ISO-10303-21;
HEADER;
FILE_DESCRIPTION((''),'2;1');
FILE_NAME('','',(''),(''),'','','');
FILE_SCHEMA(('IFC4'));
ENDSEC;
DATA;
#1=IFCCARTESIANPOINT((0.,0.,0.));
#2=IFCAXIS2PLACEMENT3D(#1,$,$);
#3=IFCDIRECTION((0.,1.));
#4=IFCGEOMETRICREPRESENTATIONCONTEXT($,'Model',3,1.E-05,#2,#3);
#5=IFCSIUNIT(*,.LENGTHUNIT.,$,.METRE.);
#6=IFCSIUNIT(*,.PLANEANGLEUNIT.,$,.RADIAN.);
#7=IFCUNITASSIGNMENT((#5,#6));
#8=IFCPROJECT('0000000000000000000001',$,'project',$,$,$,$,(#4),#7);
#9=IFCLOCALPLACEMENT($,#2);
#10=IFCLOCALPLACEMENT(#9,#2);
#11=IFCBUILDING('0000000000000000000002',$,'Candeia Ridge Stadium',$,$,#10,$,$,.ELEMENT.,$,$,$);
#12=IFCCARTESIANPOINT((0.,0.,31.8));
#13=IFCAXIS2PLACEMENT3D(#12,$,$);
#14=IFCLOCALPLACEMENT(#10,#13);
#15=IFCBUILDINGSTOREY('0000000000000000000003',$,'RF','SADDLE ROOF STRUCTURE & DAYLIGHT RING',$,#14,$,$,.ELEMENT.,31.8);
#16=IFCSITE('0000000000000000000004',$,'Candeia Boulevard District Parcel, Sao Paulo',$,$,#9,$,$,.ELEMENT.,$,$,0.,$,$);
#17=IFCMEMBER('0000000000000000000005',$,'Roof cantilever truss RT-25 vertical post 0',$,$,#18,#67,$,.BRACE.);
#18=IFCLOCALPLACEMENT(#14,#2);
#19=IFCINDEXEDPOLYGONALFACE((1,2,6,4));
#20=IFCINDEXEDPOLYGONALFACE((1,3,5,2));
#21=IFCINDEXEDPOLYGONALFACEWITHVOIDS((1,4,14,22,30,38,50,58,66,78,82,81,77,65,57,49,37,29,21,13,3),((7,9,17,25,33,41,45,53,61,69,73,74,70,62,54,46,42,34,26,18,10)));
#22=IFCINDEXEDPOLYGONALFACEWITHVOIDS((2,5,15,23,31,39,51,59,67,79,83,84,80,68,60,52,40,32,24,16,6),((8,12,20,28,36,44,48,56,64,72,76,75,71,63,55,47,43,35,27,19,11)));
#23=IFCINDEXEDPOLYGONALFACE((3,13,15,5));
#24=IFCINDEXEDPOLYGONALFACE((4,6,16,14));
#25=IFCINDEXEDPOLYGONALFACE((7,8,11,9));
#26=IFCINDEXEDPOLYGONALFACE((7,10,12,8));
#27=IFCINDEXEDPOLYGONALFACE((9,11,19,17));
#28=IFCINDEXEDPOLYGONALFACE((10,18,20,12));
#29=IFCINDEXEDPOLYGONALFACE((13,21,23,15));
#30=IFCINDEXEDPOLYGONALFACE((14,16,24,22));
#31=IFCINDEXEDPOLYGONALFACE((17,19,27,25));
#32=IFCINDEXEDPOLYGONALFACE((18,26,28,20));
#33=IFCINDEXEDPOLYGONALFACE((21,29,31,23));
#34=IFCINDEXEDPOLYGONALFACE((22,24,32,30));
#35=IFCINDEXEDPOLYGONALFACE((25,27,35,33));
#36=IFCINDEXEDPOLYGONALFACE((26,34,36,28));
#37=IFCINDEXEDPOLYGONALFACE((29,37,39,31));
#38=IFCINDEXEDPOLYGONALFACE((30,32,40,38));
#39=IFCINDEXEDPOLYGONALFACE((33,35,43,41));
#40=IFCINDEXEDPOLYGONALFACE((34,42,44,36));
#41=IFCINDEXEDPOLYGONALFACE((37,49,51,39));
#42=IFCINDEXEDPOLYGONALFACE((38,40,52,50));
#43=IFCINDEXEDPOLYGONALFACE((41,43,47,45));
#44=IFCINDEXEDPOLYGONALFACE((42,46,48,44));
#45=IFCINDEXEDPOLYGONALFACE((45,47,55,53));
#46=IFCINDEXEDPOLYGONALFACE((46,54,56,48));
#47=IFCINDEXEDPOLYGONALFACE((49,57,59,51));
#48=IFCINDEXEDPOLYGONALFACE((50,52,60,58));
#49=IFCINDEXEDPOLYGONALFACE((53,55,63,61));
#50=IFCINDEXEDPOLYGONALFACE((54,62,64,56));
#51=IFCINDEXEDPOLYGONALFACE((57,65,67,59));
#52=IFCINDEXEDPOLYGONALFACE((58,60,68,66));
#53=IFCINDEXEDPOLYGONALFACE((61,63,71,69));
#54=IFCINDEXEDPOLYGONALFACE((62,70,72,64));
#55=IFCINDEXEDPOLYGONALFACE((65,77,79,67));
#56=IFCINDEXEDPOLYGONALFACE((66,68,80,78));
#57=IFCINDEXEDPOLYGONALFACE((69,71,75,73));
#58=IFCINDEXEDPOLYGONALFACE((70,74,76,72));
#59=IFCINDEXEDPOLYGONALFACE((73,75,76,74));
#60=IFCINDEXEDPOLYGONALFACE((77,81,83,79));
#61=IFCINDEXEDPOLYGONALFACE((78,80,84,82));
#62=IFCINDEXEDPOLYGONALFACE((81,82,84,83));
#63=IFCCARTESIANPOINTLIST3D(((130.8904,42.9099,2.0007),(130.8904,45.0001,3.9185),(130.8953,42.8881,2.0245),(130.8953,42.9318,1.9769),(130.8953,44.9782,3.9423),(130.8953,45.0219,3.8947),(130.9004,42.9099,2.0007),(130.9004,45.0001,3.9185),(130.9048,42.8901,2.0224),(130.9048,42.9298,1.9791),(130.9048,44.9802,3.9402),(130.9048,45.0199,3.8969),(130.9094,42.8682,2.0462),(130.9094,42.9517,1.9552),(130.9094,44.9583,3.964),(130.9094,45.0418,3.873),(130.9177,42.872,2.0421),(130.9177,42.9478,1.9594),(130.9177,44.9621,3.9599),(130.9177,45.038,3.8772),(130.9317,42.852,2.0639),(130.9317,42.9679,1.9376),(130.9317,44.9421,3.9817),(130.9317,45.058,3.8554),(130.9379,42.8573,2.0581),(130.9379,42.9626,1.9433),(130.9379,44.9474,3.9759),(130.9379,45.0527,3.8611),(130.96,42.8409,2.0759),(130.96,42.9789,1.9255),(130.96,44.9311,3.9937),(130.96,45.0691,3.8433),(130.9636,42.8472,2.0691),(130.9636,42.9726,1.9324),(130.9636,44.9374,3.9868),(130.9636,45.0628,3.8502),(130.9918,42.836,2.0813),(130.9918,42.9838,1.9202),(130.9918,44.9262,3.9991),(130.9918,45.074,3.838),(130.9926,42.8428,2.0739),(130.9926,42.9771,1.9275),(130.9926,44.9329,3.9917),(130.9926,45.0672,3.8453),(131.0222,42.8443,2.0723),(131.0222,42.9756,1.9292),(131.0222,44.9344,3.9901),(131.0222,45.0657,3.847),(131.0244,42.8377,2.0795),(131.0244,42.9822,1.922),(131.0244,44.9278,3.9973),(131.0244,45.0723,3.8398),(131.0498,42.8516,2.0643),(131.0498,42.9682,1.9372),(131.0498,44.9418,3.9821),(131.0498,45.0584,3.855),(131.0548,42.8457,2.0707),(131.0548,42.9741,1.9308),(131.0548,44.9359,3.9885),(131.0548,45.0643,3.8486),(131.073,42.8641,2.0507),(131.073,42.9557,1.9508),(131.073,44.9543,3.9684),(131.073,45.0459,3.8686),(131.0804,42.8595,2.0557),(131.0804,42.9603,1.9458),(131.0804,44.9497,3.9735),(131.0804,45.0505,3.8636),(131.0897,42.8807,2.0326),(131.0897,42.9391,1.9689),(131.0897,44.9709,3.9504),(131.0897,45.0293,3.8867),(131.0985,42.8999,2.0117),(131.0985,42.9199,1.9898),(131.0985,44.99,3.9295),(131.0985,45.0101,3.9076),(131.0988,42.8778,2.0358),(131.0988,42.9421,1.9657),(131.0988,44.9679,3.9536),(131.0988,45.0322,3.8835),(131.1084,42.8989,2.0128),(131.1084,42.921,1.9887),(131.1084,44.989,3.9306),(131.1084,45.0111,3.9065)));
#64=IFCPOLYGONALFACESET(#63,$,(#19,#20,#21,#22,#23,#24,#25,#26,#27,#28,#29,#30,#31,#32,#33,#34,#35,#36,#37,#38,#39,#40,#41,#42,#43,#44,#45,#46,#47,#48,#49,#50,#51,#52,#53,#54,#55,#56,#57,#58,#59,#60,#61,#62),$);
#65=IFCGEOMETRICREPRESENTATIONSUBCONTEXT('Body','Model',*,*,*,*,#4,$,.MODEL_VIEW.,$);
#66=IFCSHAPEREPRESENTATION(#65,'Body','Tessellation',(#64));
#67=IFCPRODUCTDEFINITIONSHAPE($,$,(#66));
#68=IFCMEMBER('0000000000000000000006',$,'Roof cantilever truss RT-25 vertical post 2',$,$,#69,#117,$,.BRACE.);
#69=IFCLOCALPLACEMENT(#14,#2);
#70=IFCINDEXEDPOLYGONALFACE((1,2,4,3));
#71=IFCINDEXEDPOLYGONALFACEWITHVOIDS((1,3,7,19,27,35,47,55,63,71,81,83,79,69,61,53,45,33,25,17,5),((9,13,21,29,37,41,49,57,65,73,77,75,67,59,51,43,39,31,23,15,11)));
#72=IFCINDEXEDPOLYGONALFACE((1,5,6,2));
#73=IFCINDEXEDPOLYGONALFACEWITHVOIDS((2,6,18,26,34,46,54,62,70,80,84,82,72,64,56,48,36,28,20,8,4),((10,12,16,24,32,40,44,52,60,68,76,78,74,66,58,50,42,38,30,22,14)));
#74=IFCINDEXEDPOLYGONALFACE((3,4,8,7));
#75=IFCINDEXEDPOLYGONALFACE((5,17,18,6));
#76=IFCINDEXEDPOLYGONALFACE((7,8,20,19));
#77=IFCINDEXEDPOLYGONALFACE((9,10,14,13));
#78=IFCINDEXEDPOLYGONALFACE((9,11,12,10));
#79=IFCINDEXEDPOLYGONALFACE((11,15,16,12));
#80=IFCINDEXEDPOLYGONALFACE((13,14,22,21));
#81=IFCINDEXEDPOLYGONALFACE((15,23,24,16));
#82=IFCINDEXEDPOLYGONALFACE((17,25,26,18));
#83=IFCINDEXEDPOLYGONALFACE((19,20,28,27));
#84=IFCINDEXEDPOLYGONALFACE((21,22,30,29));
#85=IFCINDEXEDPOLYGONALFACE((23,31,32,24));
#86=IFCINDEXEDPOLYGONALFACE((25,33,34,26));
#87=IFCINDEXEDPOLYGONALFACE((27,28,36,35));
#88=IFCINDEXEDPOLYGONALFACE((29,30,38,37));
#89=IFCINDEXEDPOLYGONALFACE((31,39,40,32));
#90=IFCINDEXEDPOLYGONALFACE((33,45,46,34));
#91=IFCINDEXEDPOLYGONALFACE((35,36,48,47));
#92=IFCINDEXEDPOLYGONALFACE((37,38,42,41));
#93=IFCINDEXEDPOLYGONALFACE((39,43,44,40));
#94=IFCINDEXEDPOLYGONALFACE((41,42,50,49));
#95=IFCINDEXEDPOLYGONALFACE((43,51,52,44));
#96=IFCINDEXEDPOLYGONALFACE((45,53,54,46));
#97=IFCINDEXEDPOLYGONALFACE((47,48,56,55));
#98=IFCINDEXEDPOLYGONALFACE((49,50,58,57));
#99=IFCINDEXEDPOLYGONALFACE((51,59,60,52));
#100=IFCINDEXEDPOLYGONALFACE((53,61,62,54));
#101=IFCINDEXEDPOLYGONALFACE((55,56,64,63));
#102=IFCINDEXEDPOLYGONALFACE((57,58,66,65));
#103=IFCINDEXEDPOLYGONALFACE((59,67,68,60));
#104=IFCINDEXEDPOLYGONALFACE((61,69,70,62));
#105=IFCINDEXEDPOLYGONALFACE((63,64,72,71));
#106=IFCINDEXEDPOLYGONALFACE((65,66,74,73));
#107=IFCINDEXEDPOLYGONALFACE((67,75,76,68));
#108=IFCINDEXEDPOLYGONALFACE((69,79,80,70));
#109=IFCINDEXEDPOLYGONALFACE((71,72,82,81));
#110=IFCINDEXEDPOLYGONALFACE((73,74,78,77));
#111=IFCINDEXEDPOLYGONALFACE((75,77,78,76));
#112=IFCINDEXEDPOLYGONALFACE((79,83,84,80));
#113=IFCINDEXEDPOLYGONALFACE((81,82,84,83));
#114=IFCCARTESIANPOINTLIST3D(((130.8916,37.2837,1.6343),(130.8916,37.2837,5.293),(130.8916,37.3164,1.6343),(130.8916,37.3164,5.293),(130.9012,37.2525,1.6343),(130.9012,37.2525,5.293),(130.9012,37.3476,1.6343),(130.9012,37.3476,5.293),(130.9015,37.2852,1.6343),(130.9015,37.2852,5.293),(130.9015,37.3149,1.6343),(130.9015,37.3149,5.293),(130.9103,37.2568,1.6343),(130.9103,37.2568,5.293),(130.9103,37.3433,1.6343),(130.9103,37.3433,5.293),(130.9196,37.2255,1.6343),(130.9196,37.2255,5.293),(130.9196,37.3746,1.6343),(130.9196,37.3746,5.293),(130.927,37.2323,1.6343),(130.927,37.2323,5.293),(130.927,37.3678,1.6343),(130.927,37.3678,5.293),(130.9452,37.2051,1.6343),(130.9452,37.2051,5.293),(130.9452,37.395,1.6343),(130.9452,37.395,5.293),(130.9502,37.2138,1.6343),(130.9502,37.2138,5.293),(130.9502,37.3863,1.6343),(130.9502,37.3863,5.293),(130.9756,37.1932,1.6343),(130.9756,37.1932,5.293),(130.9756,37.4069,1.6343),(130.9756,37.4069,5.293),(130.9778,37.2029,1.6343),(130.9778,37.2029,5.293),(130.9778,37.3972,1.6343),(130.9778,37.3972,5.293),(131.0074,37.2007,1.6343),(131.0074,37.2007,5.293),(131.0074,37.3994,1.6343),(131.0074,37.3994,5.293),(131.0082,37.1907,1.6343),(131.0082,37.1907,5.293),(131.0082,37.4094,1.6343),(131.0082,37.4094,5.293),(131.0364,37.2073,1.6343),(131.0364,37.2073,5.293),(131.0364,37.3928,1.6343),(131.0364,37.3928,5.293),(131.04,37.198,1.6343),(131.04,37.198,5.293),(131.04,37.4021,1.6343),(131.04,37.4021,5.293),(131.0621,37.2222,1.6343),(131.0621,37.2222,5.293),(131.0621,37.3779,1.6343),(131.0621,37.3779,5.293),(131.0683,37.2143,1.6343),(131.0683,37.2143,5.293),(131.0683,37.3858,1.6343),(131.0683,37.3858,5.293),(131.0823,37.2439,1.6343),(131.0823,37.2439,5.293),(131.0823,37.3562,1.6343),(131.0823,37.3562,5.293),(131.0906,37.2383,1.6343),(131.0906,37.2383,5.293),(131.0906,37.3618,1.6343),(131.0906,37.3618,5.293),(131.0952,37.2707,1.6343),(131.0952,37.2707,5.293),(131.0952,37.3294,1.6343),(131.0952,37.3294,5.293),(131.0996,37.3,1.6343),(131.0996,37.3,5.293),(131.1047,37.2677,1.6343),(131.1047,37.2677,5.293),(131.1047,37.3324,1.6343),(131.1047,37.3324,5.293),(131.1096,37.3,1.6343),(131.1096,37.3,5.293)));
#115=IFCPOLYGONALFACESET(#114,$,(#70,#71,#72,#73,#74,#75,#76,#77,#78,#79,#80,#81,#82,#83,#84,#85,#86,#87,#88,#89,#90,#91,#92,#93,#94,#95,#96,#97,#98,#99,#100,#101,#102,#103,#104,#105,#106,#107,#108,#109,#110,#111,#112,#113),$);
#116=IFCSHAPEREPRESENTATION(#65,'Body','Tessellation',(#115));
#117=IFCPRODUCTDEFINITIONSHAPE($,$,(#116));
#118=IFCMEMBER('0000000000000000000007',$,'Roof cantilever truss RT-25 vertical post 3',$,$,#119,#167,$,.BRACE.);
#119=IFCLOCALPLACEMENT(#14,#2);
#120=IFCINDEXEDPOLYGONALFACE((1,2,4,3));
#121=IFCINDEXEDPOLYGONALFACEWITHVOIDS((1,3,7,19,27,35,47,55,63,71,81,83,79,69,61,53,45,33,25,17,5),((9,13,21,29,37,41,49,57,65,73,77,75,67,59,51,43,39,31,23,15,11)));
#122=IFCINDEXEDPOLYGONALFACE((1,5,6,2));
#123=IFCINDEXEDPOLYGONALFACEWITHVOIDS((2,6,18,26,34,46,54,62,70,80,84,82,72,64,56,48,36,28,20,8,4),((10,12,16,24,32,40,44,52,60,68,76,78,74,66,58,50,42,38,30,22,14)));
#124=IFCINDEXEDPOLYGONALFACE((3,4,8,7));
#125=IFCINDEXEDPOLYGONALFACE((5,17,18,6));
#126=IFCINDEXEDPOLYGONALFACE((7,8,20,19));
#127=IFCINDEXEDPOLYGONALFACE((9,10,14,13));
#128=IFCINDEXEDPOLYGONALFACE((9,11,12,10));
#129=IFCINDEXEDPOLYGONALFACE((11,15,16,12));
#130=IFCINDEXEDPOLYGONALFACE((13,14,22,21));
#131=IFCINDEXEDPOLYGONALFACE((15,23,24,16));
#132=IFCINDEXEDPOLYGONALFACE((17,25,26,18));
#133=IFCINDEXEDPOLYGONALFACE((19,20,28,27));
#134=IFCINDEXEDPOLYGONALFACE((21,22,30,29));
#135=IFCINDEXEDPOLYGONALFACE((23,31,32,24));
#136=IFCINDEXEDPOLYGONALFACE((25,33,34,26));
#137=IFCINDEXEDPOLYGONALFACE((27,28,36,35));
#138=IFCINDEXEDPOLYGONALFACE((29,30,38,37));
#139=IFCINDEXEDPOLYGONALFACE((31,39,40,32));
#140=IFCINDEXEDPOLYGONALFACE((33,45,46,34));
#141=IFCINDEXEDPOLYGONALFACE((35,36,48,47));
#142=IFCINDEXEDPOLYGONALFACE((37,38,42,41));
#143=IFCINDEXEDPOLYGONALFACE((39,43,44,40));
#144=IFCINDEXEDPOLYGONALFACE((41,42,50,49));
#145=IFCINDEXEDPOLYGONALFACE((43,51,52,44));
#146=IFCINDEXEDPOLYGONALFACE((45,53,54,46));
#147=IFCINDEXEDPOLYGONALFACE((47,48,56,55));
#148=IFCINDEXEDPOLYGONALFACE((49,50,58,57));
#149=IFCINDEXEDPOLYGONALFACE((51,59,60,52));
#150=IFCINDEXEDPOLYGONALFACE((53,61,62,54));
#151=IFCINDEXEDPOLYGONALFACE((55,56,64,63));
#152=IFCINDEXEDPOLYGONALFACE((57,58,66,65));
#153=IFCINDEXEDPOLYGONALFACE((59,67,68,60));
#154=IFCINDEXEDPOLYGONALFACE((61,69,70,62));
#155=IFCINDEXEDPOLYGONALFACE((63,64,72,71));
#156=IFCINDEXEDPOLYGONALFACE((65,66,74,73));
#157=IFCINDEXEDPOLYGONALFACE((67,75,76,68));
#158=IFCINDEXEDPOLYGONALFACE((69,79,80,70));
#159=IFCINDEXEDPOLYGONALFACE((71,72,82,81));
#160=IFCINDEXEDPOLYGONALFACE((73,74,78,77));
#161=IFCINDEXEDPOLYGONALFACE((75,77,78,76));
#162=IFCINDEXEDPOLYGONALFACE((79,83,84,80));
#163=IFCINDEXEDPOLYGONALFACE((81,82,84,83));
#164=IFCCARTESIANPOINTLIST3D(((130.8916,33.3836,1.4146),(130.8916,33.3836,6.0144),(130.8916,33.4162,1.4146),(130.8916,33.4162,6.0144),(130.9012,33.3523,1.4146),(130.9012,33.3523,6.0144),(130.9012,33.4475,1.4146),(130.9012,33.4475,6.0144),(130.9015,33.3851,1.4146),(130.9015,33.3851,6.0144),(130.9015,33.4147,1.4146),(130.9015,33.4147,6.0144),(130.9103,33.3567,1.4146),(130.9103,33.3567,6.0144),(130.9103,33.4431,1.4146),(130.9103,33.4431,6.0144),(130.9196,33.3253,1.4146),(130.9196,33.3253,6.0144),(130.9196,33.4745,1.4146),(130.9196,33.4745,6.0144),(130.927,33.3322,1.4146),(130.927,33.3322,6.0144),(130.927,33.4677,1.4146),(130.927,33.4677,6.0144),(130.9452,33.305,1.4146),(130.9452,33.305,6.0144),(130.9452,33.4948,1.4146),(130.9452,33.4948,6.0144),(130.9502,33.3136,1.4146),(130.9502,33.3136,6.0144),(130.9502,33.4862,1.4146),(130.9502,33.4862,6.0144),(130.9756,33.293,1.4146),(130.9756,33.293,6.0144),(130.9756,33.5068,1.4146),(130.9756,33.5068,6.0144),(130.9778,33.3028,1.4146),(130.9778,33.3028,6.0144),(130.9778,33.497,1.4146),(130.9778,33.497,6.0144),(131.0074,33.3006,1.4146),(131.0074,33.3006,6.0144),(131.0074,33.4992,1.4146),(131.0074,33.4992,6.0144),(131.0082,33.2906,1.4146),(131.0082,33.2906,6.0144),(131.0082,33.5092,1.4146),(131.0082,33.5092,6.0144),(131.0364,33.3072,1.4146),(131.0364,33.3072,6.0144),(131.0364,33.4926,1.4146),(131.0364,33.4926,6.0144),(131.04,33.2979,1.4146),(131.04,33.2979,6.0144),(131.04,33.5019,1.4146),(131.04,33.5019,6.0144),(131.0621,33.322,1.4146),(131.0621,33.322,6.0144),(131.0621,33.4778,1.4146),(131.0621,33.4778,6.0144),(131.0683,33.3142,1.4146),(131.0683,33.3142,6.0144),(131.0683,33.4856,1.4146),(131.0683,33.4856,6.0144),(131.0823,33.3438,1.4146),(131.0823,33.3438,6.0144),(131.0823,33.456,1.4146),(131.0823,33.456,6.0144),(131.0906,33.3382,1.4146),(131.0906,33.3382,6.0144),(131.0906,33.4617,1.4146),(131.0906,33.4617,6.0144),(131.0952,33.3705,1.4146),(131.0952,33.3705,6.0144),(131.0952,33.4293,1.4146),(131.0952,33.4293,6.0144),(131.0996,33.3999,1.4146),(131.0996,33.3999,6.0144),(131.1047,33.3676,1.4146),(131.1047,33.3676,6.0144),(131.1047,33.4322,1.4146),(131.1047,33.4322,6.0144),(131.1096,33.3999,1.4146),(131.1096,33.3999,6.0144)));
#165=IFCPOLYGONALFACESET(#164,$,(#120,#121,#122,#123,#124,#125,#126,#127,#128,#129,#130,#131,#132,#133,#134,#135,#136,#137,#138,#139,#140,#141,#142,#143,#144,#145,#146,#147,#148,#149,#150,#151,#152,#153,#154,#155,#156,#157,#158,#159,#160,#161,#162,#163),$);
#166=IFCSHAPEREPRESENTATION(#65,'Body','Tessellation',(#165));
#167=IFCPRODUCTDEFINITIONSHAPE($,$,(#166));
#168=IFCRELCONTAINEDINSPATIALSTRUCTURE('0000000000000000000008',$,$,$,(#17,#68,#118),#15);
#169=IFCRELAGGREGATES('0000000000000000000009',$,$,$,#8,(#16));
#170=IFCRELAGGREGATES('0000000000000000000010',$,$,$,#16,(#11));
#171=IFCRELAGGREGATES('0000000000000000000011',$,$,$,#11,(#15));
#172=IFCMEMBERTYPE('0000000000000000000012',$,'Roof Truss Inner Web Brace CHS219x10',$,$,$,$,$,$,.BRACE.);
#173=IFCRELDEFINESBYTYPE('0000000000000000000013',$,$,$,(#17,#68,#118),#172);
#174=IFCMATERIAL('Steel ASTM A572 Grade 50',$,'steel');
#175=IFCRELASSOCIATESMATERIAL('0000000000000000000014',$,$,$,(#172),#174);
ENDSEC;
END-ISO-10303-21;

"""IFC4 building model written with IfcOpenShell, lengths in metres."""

from ifc_helpers import new_model, si_unit, direction, frame, origin, origin_2d, place, context, subcontext, project, spatial, hollow_circle, extrude, material, material_profile, profile_set, type_object, element, save


model = new_model("IFC4")

# Units and contexts
model_context = context("Model", 3, precision=1e-05, world=origin(), true_north=direction((0.0, 1.0)))
body_context = subcontext(model_context, "Body", "Model", "MODEL_VIEW")
ifc_project = project(units=[si_unit("LENGTHUNIT", "METRE"), si_unit("PLANEANGLEUNIT", "RADIAN")], contexts=[model_context])

# Site, building, storey
site_placement = place(None, origin())
site = spatial("IfcSite", under=ifc_project, at=site_placement, Name="Candeia Boulevard District Parcel, Sao Paulo", CompositionType="ELEMENT", RefElevation=0.0)
building_placement = place(site_placement, origin())
building = spatial("IfcBuilding", under=site, at=building_placement, Name="Candeia Ridge Stadium", CompositionType="ELEMENT")
storey_placement = place(building_placement, frame((0.0, 0.0, 31.8)))
storey = spatial("IfcBuildingStorey", under=building, at=storey_placement, Name="RF", Description="SADDLE ROOF STRUCTURE & DAYLIGHT RING", CompositionType="ELEMENT", Elevation=31.8)

# Shared definitions
ifc_material_1 = material(Name="Steel ASTM A572 Grade 50", Category="steel")

# Members
ifc_material_profile_1 = material_profile(ifc_material_1, hollow_circle(Radius=0.1096, WallThickness=0.01, at=origin_2d()), Name="CHS219x10", Category="steel")
ifc_profile_set_1 = profile_set([ifc_material_profile_1], Name="Steel ASTM A572 Grade 50")
member_type_1 = type_object("IfcMemberType", Name="Roof Truss Inner Web Brace CHS219x10", PredefinedType="BRACE", material=ifc_profile_set_1)
member_1_placement = place(storey_placement, frame((131.0, 42.9099, 2.0007), z_axis=(0.0, 0.736836, 0.676071), x_axis=(-1.0, 0.0, 0.0)))
element("IfcMember", 1, at=member_1_placement, inside=storey, type_object=member_type_1, Name="Roof cantilever truss RT-25 vertical post 0", PredefinedType="BRACE", context=body_context, shape_type="SweptSolid", body=[
    extrude(hollow_circle(Radius=0.1096, WallThickness=0.01, at=origin_2d()), origin(), (0.0, 0.0, 1.0), 2.8367),
])
member_2_placement = place(storey_placement, frame((131.0, 37.3, 1.6343), z_axis=(0.0, 0.0, 1.0), x_axis=(1.0, 0.0, 0.0)))
element("IfcMember", 2, at=member_2_placement, inside=storey, type_object=member_type_1, Name="Roof cantilever truss RT-25 vertical post 2", PredefinedType="BRACE", context=body_context, shape_type="SweptSolid", body=[
    extrude(hollow_circle(Radius=0.1096, WallThickness=0.01, at=origin_2d()), origin(), (0.0, 0.0, 1.0), 3.6587),
])
member_3_placement = place(storey_placement, frame((131.0, 33.3999, 1.4146), z_axis=(0.0, 0.0, 1.0), x_axis=(1.0, 0.0, 0.0)))
element("IfcMember", 3, at=member_3_placement, inside=storey, type_object=member_type_1, Name="Roof cantilever truss RT-25 vertical post 3", PredefinedType="BRACE", context=body_context, shape_type="SweptSolid", body=[
    extrude(hollow_circle(Radius=0.1096, WallThickness=0.01, at=origin_2d()), origin(), (0.0, 0.0, 1.0), 4.5999),
])

save(model, "model.ifc")
